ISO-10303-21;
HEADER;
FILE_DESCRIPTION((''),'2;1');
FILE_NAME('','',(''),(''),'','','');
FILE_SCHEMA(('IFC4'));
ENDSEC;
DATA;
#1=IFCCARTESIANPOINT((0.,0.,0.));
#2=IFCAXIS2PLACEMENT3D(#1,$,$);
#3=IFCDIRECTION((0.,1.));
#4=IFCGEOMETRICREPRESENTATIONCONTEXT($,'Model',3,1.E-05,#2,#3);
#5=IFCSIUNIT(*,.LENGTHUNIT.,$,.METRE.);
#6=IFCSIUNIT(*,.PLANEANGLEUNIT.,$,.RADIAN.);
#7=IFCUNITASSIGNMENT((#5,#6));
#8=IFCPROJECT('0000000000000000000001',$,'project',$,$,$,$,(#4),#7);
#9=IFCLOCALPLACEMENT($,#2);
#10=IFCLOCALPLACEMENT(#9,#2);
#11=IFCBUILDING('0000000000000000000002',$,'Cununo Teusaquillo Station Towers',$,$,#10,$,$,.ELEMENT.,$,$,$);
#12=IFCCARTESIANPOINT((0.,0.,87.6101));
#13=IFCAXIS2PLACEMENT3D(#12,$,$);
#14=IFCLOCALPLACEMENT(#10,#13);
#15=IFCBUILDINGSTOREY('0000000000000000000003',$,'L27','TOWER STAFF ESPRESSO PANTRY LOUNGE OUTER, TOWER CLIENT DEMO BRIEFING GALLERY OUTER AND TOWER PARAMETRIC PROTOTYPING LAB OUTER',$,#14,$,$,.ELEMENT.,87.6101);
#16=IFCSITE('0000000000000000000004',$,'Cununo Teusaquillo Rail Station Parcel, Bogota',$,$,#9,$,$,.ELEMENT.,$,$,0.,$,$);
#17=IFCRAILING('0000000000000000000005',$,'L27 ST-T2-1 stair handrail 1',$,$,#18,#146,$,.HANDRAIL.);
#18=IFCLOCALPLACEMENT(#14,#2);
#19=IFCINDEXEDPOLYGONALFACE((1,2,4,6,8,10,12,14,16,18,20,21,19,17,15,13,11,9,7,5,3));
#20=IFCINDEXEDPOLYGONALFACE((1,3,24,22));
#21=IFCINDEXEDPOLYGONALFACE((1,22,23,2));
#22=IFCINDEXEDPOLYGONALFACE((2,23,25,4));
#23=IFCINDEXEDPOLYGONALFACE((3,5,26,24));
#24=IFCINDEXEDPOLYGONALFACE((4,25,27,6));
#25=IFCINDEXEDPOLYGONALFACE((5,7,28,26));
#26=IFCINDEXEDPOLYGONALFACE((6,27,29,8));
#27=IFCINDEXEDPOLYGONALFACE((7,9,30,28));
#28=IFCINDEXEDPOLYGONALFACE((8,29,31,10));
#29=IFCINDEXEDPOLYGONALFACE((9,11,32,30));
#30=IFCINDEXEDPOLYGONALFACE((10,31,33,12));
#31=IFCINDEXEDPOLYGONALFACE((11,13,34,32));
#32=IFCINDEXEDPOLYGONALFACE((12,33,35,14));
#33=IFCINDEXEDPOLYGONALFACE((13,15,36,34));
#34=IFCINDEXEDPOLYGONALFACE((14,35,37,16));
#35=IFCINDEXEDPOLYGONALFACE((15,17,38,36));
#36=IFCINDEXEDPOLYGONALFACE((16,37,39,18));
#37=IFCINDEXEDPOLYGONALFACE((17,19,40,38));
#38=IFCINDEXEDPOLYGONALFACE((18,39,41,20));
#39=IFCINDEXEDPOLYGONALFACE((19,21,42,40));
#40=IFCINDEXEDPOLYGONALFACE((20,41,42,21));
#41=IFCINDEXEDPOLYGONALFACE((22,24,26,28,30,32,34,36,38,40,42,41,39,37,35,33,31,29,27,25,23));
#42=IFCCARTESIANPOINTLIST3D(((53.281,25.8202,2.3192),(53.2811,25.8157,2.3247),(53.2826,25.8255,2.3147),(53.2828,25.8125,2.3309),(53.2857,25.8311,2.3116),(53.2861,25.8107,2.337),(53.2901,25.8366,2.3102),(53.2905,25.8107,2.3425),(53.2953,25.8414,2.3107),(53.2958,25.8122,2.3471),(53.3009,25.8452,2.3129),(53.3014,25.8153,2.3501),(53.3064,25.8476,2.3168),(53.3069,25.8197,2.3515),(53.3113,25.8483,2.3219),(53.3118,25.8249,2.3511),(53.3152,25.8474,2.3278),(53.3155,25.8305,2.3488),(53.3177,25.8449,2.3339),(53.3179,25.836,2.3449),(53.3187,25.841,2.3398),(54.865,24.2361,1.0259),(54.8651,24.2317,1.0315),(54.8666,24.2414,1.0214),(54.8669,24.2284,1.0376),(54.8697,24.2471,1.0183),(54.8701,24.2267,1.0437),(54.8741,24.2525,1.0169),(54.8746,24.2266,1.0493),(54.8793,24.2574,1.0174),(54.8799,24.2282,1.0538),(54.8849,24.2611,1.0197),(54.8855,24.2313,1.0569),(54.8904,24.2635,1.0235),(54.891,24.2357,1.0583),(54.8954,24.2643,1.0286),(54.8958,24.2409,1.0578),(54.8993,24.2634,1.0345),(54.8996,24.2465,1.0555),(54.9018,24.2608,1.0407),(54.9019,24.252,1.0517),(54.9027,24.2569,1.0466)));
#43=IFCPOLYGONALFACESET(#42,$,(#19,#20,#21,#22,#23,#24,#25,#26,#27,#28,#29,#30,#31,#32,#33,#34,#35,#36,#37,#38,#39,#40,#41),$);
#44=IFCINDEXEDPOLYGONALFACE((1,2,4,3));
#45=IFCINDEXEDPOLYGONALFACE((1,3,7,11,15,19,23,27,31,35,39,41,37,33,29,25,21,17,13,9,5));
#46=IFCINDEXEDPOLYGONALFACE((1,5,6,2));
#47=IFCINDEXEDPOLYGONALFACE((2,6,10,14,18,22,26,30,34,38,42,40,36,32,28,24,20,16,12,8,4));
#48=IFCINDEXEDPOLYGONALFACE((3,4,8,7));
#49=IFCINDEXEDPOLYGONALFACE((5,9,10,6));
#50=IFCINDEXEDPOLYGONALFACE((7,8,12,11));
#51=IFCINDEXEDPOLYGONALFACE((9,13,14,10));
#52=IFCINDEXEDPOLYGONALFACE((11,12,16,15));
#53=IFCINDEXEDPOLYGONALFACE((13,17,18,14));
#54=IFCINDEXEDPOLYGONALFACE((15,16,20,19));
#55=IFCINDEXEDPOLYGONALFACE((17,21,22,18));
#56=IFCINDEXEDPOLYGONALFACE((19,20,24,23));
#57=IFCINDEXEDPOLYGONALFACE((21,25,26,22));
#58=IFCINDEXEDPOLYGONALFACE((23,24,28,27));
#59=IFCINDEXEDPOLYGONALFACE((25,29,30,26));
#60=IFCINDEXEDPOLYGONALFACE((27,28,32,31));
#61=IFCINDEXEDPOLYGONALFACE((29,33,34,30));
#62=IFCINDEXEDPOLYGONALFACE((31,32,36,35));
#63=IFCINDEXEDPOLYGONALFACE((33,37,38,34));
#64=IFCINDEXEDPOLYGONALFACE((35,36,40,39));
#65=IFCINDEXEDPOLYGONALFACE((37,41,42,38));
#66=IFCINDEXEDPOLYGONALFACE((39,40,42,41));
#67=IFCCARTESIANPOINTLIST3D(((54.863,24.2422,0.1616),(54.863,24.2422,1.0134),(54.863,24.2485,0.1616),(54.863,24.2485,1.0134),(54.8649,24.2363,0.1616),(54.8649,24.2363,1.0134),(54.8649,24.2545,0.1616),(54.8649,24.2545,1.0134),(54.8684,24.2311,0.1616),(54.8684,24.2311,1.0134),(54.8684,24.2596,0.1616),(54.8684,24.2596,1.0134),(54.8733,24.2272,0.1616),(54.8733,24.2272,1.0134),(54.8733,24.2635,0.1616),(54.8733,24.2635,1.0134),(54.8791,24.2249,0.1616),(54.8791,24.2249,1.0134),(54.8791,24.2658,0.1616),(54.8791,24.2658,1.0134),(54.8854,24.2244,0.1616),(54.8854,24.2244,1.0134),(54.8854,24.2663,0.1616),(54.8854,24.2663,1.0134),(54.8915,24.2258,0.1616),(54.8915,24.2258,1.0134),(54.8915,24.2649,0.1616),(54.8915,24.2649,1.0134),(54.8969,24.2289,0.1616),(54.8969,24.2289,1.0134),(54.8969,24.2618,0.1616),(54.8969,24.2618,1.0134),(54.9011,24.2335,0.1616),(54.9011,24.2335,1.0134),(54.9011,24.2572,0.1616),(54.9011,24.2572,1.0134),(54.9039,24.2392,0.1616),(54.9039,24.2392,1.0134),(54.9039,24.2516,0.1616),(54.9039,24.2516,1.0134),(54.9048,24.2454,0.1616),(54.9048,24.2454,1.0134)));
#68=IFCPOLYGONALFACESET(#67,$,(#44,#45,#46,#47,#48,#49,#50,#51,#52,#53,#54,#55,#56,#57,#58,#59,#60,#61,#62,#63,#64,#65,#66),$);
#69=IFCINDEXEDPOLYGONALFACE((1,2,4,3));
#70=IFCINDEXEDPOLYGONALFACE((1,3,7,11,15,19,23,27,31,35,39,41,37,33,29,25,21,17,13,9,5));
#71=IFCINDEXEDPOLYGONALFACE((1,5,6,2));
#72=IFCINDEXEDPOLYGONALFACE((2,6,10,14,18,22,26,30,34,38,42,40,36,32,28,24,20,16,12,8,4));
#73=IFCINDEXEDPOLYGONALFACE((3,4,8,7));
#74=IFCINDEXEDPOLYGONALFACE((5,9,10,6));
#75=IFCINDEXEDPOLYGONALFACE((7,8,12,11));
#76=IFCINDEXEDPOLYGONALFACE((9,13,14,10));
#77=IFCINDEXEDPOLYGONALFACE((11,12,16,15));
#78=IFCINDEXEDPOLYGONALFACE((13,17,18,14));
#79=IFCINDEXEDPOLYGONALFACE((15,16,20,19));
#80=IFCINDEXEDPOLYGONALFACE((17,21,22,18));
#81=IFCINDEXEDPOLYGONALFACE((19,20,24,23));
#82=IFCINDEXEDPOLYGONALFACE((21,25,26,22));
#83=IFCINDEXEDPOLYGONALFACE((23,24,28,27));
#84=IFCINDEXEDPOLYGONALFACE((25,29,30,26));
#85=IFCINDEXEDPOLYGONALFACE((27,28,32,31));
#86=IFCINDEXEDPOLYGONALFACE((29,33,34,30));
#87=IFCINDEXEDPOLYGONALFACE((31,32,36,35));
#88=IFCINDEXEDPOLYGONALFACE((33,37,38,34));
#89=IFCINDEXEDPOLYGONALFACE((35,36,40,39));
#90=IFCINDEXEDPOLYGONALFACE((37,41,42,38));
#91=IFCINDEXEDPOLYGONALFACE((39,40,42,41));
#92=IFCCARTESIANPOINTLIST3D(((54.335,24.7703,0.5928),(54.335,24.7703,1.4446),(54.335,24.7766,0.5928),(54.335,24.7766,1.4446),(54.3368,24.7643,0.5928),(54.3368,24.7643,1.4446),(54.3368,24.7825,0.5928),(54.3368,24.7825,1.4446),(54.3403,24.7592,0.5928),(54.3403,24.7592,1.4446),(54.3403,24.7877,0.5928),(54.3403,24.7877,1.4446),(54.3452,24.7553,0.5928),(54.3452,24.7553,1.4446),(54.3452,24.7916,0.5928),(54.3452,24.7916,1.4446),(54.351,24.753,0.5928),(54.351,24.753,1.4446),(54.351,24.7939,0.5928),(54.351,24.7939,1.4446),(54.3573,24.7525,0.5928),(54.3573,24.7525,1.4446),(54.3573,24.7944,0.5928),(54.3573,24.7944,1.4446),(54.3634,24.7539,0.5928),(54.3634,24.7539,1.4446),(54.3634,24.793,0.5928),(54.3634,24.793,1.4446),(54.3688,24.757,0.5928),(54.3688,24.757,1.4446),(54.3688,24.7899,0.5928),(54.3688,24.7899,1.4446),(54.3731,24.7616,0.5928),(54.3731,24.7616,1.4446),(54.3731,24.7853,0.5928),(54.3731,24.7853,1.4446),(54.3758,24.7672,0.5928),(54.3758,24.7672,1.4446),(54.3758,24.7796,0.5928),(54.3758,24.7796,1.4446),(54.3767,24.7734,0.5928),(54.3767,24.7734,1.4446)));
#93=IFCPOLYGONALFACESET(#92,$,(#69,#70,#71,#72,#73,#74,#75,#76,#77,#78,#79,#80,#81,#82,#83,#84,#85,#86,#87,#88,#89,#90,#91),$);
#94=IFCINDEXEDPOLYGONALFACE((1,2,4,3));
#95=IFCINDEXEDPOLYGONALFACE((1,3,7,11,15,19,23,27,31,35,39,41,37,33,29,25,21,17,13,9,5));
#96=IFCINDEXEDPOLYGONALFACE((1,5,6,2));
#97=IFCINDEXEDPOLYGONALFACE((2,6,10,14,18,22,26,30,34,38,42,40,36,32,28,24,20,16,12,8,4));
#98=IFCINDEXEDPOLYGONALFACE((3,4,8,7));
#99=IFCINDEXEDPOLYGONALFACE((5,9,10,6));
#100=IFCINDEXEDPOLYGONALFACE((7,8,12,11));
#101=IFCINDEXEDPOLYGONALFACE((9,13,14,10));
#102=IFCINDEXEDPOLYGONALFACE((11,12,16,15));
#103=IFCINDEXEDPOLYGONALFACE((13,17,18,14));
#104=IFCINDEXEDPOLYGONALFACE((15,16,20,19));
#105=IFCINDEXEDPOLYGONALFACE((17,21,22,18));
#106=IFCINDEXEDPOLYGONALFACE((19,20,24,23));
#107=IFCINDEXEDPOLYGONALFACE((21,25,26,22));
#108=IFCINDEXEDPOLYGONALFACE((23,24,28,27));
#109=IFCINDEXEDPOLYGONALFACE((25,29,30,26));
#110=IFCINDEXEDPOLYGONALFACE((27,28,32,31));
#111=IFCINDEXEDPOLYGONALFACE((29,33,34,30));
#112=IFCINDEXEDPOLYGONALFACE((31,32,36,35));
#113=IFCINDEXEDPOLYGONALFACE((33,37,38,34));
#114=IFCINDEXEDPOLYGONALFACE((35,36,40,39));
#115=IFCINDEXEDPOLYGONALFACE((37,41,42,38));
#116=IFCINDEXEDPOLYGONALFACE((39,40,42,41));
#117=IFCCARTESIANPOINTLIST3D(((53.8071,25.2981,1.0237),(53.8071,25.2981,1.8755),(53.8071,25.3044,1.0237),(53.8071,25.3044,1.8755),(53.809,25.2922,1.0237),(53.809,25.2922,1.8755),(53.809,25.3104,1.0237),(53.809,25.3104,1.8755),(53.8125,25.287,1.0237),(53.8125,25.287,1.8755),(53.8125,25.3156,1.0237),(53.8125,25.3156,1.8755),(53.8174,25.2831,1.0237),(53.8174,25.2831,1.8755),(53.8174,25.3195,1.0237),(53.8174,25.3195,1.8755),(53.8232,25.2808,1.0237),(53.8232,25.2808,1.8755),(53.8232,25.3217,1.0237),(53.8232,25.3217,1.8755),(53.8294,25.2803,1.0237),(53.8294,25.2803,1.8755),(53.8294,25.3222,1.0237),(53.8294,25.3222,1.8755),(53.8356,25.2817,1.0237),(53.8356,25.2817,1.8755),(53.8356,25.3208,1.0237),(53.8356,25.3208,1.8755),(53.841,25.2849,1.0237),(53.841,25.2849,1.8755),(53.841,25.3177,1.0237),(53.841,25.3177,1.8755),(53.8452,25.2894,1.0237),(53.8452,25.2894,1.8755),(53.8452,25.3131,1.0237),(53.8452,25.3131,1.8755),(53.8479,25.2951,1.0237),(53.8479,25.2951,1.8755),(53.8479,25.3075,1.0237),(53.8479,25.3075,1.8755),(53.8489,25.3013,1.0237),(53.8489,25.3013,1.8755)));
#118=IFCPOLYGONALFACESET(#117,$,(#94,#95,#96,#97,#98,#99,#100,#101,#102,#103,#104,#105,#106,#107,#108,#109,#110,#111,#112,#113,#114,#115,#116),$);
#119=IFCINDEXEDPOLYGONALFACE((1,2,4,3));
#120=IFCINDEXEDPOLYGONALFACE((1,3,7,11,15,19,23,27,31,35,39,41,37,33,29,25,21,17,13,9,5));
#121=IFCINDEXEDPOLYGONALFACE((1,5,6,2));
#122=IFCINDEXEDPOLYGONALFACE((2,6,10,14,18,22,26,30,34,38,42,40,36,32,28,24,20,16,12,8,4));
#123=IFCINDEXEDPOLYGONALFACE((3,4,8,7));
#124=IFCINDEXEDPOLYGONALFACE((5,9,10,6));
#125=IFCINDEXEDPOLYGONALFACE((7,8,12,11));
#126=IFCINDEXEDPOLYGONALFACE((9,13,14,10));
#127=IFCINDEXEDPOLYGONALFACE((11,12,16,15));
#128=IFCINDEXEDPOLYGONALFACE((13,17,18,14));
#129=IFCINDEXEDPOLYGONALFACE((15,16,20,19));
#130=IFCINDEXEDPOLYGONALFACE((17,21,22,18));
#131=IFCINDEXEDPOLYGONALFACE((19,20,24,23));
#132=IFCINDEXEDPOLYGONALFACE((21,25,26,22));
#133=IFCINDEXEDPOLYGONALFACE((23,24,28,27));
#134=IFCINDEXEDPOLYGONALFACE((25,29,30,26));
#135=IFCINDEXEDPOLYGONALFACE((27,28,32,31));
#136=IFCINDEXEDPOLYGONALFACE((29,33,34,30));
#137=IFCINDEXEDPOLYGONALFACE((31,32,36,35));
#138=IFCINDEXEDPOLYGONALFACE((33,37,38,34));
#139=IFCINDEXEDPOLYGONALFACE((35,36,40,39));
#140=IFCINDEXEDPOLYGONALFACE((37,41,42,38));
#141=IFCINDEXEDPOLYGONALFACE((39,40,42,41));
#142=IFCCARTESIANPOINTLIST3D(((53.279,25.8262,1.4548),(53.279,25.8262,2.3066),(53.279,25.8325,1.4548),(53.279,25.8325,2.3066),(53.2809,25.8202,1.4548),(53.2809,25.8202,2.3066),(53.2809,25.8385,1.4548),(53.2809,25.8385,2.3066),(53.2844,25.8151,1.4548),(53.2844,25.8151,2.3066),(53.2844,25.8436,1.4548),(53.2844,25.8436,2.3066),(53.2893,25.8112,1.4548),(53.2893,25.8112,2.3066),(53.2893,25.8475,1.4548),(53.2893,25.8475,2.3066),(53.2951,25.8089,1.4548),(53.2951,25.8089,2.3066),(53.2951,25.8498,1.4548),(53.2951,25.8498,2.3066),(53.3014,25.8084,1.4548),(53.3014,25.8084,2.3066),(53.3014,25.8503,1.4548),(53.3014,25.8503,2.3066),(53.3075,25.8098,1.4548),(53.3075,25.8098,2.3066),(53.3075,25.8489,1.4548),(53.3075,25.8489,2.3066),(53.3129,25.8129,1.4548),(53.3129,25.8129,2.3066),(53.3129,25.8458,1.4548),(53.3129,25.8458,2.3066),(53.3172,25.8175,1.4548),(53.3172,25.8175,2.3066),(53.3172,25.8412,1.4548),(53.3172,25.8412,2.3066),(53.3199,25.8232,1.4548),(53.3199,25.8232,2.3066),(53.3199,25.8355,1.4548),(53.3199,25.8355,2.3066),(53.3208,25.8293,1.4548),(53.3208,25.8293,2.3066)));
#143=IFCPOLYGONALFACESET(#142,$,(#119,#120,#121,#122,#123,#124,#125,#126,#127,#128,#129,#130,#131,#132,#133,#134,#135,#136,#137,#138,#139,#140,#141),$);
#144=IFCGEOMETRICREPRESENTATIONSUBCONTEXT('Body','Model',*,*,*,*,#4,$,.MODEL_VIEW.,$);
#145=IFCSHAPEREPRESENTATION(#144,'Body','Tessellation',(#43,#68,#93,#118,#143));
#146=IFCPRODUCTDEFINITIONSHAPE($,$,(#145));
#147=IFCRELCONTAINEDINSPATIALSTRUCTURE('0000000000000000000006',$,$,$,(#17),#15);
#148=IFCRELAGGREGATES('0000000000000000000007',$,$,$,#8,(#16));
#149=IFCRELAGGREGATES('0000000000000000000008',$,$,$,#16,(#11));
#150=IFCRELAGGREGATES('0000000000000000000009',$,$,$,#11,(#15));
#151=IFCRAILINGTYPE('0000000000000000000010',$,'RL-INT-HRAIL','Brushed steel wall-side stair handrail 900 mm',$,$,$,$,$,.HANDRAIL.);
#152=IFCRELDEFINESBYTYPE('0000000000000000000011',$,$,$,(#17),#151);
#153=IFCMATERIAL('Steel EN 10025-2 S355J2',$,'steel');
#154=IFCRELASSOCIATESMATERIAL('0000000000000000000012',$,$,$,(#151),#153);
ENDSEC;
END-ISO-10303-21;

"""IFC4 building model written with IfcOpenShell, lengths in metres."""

from ifc_helpers import new_model, si_unit, direction, frame, origin, origin_2d, place, context, subcontext, project, spatial, circle, extrude, material, type_object, element, save


model = new_model("IFC4")

# Units and contexts
model_context = context("Model", 3, precision=1e-05, world=origin(), true_north=direction((0.0, 1.0)))
body_context = subcontext(model_context, "Body", "Model", "MODEL_VIEW")
ifc_project = project(units=[si_unit("LENGTHUNIT", "METRE"), si_unit("PLANEANGLEUNIT", "RADIAN")], contexts=[model_context])

# Site, building, storey
site_placement = place(None, origin())
site = spatial("IfcSite", under=ifc_project, at=site_placement, Name="Cununo Teusaquillo Rail Station Parcel, Bogota", CompositionType="ELEMENT", RefElevation=0.0)
building_placement = place(site_placement, origin())
building = spatial("IfcBuilding", under=site, at=building_placement, Name="Cununo Teusaquillo Station Towers", CompositionType="ELEMENT")
storey_placement = place(building_placement, frame((0.0, 0.0, 87.6101)))
storey = spatial("IfcBuildingStorey", under=building, at=storey_placement, Name="L27", Description="TOWER STAFF ESPRESSO PANTRY LOUNGE OUTER, TOWER CLIENT DEMO BRIEFING GALLERY OUTER AND TOWER PARAMETRIC PROTOTYPING LAB OUTER", CompositionType="ELEMENT", Elevation=87.6101)

# Railing
ifc_material_1 = material(Name="Steel EN 10025-2 S355J2", Category="steel")
railing_type_1 = type_object("IfcRailingType", Name="RL-INT-HRAIL", Description="Brushed steel wall-side stair handrail 900 mm", PredefinedType="HANDRAIL", material=ifc_material_1)
railing_1_placement = place(storey_placement, frame((54.8838, 24.2454, 0.1616)))
element("IfcRailing", 1, at=railing_1_placement, inside=storey, type_object=railing_type_1, Name="L27 ST-T2-1 stair handrail 1", PredefinedType="HANDRAIL", context=body_context, shape_type="SweptSolid", body=[
    extrude(circle(Radius=0.0239, at=origin_2d()), frame((0.0, 0.0, 0.876), z_axis=(-0.612385, 0.612385, 0.49997), x_axis=(-0.707107, -0.707107, 0.0)), (0.0, 0.0, 1.0), 2.5867),
    extrude(circle(Radius=0.021, at=origin_2d()), origin(), (0.0, 0.0, 1.0), 0.8518),
    extrude(circle(Radius=0.021, at=origin_2d()), frame((-0.5281, 0.5281, 0.4312)), (0.0, 0.0, 1.0), 0.8518),
    extrude(circle(Radius=0.021, at=origin_2d()), frame((-1.0559, 1.0559, 0.8621)), (0.0, 0.0, 1.0), 0.8518),
    extrude(circle(Radius=0.021, at=origin_2d()), frame((-1.584, 1.584, 1.2932)), (0.0, 0.0, 1.0), 0.8518),
])

save(model, "model.ifc")
